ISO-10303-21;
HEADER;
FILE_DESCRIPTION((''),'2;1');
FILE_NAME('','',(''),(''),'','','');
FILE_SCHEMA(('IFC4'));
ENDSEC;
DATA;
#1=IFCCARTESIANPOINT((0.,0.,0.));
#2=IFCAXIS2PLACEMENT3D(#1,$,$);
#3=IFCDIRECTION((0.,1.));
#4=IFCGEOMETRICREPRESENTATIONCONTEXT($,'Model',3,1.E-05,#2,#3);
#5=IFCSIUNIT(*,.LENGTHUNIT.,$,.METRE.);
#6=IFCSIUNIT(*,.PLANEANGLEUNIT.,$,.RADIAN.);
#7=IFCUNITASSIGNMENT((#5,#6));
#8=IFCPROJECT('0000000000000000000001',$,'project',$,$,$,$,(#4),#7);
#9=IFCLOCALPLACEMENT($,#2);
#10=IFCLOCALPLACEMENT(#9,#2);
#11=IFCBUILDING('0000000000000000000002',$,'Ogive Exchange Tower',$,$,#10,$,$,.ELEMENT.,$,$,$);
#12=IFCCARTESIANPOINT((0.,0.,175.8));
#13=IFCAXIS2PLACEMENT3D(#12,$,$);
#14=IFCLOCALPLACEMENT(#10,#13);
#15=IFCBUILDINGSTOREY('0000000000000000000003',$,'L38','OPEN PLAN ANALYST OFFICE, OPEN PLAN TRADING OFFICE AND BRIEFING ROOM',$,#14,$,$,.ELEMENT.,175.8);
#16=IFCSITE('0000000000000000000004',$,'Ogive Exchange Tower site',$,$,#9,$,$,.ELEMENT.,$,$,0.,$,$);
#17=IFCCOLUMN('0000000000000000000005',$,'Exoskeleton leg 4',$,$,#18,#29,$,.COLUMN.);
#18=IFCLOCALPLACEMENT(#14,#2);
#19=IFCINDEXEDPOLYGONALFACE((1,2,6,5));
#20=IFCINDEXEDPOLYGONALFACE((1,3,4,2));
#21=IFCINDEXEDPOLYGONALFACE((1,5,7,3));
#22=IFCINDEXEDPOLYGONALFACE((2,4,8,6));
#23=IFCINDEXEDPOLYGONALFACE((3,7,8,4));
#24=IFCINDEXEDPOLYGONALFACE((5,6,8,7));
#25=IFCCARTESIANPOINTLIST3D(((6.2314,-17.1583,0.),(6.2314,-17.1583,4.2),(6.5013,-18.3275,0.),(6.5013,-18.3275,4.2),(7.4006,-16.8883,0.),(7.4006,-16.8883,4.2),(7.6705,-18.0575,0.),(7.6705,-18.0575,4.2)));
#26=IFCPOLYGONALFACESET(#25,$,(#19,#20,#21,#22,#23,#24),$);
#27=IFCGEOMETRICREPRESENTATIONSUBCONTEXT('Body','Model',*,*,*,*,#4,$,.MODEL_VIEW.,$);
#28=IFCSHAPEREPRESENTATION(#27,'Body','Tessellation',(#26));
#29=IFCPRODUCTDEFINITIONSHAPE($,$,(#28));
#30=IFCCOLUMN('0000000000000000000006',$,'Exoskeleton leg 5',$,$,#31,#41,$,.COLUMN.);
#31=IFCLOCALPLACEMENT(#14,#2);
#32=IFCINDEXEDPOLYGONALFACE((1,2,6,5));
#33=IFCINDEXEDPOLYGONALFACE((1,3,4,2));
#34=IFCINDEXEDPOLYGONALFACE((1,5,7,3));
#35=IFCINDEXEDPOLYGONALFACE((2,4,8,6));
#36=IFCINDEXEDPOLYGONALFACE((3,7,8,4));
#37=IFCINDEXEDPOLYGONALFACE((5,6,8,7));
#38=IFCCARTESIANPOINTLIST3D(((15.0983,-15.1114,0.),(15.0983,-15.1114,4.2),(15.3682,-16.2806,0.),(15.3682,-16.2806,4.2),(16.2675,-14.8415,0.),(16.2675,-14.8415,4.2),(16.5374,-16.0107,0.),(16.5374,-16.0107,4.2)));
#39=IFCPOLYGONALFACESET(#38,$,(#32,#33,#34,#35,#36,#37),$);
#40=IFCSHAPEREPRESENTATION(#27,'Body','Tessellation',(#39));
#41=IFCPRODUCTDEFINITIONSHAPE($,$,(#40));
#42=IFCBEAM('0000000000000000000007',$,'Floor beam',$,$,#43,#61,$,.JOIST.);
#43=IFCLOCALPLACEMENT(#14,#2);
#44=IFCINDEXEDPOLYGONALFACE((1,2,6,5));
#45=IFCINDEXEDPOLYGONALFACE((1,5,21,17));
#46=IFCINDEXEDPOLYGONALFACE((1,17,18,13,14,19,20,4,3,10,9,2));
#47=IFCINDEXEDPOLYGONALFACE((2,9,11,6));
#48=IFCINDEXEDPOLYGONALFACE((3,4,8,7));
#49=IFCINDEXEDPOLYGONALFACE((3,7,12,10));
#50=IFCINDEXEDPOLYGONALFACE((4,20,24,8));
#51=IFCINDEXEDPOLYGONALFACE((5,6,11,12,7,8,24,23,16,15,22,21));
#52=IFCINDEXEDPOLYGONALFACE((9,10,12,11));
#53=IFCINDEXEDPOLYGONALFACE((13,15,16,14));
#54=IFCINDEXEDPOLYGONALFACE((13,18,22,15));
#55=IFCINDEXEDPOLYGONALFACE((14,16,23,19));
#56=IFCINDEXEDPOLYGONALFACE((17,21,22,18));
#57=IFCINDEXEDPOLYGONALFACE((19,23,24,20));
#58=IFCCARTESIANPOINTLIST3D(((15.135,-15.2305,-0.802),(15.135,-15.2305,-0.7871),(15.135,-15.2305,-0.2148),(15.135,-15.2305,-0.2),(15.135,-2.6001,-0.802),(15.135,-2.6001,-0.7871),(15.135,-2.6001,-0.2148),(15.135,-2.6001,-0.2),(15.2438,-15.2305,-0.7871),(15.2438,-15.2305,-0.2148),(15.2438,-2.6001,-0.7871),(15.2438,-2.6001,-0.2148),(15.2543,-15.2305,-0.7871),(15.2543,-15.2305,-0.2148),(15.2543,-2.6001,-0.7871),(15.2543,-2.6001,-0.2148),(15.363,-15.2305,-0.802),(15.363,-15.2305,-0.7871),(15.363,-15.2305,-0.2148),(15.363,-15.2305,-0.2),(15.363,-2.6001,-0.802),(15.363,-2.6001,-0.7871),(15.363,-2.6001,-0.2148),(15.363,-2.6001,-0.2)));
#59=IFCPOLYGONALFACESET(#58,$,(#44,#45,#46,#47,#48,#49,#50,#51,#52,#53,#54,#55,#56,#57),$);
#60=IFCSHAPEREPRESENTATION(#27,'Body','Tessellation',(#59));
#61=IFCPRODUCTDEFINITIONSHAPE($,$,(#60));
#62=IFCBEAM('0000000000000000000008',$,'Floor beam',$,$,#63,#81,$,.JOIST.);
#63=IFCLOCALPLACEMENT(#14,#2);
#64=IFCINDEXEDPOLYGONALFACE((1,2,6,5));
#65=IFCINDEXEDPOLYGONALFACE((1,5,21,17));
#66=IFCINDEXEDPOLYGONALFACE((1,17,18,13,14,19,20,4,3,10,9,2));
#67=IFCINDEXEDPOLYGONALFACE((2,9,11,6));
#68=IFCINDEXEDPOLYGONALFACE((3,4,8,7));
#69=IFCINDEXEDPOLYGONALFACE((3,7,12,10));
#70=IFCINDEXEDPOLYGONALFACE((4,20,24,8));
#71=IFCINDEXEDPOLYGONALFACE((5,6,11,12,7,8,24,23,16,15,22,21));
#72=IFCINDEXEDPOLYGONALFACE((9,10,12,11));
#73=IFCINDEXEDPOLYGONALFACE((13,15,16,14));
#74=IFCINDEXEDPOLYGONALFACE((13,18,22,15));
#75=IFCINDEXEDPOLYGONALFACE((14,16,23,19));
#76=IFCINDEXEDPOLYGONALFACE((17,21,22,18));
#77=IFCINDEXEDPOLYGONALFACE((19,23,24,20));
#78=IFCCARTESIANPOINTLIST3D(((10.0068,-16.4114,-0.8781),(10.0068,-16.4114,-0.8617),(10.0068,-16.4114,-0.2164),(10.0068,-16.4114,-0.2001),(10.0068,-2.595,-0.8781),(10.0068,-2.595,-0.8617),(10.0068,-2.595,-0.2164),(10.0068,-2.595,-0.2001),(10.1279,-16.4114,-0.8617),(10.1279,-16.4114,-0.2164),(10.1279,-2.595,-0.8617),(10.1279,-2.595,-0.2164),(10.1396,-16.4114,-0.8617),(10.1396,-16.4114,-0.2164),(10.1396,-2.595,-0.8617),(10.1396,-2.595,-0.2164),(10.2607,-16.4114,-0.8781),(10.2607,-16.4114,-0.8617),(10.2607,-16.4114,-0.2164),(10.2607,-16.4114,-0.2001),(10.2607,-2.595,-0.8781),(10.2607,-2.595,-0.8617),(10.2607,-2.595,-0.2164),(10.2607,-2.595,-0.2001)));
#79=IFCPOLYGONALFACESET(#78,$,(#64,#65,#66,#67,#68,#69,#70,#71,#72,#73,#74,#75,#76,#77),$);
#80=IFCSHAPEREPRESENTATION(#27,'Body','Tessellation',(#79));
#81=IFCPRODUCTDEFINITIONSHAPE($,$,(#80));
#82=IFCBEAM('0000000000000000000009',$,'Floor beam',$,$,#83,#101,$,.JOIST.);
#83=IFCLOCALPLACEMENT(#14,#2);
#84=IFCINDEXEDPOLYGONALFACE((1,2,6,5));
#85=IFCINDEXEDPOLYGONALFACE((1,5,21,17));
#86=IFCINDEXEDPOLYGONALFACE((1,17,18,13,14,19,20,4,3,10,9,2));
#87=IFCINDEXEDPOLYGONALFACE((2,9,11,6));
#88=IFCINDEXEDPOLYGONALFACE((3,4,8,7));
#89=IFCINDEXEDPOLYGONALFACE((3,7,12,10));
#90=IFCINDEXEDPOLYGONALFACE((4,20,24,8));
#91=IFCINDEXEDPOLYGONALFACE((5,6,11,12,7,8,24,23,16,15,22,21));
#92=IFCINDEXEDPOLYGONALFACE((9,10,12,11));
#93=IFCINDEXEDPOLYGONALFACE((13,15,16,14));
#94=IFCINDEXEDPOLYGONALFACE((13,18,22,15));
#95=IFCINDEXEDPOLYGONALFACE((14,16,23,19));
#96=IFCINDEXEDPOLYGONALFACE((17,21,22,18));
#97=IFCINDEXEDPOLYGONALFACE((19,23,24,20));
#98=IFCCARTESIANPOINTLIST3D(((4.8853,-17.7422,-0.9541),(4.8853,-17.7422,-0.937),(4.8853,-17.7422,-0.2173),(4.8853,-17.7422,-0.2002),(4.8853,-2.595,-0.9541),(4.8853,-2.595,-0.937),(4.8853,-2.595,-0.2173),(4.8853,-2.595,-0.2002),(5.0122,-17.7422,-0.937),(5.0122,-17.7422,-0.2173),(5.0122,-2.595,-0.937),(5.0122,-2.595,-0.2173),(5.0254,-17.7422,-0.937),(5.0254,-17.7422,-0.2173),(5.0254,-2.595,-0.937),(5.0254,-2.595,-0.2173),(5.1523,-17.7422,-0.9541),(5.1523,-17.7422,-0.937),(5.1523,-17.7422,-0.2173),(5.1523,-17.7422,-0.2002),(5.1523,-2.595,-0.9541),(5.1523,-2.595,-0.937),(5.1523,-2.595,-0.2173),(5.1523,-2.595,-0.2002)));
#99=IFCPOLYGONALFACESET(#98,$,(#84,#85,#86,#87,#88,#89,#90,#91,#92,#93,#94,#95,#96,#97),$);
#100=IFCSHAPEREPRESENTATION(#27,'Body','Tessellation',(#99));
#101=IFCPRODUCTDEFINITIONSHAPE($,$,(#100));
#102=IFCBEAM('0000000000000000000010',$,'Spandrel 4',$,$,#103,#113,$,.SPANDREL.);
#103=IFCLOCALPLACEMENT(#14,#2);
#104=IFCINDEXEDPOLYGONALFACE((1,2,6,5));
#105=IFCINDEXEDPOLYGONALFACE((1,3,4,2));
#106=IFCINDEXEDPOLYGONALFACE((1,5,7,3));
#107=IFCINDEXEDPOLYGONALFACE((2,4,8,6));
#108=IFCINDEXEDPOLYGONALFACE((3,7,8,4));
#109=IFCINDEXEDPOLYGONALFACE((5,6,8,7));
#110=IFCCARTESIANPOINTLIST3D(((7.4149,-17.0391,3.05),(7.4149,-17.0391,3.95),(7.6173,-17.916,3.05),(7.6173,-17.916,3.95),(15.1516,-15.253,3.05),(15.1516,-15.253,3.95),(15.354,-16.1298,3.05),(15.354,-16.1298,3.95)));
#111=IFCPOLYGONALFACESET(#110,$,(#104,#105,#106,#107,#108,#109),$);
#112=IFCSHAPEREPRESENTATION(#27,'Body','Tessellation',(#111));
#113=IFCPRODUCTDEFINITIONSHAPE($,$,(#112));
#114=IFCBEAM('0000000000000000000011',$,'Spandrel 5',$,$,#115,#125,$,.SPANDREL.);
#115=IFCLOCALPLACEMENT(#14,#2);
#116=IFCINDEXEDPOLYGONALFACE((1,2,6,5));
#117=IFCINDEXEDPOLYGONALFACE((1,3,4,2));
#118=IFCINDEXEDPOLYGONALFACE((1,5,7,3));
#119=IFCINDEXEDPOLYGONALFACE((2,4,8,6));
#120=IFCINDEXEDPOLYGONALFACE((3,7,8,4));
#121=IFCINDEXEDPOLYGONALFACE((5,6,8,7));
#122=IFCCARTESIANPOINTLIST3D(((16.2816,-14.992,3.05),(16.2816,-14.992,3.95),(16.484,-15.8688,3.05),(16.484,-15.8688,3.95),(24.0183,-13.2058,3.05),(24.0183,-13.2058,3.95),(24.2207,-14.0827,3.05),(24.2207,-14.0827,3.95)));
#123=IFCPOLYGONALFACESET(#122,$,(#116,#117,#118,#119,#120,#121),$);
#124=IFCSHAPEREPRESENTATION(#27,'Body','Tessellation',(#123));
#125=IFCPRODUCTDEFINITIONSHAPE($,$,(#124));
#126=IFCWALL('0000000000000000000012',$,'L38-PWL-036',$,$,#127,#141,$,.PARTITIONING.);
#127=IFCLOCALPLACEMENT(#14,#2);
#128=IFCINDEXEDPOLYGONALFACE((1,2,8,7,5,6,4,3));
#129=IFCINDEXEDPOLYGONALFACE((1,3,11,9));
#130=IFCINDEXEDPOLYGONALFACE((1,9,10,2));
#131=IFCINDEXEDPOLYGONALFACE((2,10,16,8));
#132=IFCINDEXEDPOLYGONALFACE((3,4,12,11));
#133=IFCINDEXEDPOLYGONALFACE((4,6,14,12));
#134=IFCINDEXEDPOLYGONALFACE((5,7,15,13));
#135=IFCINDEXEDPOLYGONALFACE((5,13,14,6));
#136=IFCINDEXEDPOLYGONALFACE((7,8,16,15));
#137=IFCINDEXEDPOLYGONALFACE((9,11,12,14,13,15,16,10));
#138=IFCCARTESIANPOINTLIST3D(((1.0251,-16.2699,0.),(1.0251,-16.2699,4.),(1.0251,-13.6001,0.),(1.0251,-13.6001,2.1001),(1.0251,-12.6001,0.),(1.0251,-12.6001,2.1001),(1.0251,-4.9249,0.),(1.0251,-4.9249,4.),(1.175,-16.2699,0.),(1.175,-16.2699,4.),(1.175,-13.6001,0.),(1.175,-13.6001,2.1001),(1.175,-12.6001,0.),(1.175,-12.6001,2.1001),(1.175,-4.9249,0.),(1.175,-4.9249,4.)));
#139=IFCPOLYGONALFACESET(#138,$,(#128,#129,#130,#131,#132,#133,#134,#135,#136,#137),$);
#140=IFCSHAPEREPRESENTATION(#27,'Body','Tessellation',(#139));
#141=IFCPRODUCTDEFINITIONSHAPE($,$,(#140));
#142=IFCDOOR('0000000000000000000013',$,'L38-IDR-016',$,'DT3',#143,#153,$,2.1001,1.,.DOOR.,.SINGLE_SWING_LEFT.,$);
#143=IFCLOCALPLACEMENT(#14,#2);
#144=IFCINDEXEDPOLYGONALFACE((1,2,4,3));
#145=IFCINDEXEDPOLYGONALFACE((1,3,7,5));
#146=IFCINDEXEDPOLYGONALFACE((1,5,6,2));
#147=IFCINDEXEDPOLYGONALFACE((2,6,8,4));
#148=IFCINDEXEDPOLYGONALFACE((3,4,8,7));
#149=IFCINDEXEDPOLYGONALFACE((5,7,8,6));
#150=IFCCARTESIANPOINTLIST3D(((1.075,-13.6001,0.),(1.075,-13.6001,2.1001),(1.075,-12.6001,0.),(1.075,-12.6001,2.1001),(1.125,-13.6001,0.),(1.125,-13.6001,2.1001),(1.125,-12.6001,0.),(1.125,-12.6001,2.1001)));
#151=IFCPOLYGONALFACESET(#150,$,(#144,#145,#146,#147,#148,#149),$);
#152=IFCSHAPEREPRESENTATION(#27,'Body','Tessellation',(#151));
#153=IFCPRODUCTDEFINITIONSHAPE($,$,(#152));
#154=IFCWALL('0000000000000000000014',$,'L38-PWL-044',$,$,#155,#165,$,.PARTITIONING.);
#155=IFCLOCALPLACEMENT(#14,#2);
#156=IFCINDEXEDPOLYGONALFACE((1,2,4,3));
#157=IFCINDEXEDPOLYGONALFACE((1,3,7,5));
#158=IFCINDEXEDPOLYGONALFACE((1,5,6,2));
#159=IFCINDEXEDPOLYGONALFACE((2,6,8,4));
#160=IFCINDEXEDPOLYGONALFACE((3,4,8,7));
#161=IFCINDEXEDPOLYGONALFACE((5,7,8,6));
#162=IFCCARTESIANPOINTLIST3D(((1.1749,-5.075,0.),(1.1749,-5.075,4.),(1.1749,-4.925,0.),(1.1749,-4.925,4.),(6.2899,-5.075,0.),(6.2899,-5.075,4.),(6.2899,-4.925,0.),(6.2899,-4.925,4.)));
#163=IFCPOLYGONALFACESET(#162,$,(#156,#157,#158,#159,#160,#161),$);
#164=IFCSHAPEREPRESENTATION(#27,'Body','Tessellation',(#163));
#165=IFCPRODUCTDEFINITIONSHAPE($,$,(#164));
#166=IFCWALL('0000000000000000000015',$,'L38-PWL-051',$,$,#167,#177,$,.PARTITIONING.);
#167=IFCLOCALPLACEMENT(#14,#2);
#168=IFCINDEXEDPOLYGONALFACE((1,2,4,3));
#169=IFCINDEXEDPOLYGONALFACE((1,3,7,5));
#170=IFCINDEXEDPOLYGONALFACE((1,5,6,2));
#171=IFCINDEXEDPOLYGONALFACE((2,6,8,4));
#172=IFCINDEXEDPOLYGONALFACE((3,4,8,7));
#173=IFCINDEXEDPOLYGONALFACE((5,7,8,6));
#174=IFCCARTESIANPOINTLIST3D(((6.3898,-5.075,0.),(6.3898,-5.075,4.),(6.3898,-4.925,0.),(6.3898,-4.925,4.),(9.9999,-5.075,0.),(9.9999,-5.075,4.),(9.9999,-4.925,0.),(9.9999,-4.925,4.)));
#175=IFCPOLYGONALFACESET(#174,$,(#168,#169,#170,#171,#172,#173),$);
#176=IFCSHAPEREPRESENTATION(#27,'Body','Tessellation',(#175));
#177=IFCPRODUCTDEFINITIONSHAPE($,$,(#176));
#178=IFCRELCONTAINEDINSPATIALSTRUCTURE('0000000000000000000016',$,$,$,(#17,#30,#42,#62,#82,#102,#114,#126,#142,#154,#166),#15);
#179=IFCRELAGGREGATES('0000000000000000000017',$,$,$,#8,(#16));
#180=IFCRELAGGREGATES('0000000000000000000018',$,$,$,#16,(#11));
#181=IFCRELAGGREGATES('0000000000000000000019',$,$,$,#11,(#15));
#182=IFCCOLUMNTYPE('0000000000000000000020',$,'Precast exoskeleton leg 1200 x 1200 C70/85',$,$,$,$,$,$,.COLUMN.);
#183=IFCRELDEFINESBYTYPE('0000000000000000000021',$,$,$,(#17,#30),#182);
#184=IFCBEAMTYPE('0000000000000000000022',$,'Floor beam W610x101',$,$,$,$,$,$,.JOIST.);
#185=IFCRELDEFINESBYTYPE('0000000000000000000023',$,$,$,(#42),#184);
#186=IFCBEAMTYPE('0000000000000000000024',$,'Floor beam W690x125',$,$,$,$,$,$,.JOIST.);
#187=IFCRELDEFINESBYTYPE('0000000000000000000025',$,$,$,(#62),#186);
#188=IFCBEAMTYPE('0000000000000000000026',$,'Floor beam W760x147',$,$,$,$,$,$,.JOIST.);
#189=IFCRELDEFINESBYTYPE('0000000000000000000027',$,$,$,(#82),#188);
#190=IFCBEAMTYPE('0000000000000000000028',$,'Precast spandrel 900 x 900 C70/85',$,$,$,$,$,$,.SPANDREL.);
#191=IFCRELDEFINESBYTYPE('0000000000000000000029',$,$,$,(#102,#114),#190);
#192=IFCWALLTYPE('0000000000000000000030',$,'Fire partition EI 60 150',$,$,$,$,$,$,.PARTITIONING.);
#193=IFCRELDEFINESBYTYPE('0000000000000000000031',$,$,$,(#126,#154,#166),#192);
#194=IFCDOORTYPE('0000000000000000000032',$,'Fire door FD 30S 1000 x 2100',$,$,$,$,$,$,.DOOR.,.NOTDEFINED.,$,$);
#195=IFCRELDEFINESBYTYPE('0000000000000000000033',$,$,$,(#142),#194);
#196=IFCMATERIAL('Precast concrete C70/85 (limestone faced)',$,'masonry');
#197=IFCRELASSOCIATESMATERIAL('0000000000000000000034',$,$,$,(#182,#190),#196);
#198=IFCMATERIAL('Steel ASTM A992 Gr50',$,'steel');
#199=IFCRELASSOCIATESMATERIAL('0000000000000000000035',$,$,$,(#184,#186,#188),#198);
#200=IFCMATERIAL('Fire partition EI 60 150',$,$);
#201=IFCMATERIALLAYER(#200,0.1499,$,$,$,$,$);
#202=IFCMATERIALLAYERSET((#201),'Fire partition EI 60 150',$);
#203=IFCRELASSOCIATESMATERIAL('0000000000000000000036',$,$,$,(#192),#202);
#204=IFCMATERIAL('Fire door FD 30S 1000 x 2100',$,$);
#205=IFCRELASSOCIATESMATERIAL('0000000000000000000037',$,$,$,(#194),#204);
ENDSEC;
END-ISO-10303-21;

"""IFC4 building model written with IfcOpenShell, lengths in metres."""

from ifc_helpers import new_model, si_unit, direction, frame, frame_2d, origin, origin_2d, place, context, subcontext, project, spatial, rectangle, i_section, extrude, material, layer, layer_set, material_profile, profile_set, type_object, element, fill, save


model = new_model("IFC4")

# Units and contexts
model_context = context("Model", 3, precision=1e-05, world=origin(), true_north=direction((0.0, 1.0)))
body_context = subcontext(model_context, "Body", "Model", "MODEL_VIEW")
ifc_project = project(units=[si_unit("LENGTHUNIT", "METRE"), si_unit("PLANEANGLEUNIT", "RADIAN")], contexts=[model_context])

# Site, building, storey
site_placement = place(None, origin())
site = spatial("IfcSite", under=ifc_project, at=site_placement, Name="Ogive Exchange Tower site", CompositionType="ELEMENT", RefElevation=0.0)
building_placement = place(site_placement, origin())
building = spatial("IfcBuilding", under=site, at=building_placement, Name="Ogive Exchange Tower", CompositionType="ELEMENT")
storey_placement = place(building_placement, frame((0.0, 0.0, 175.8)))
storey = spatial("IfcBuildingStorey", under=building, at=storey_placement, Name="L38", Description="OPEN PLAN ANALYST OFFICE, OPEN PLAN TRADING OFFICE AND BRIEFING ROOM", CompositionType="ELEMENT", Elevation=175.8)

# Columns
ifc_material_1 = material(Name="Precast concrete C70/85 (limestone faced)", Category="masonry")
ifc_material_profile_1 = material_profile(ifc_material_1, rectangle(XDim=1.2, YDim=1.2, at=origin_2d()), Name="1200 x 1200")
ifc_profile_set_1 = profile_set([ifc_material_profile_1], Name="Precast concrete C70/85 (limestone faced)")
column_type = type_object("IfcColumnType", Name="Precast exoskeleton leg 1200 x 1200 C70/85", PredefinedType="COLUMN", material=ifc_profile_set_1)
for number, where, z_axis, x_axis, name in (
    (1, (6.9509, -17.6079, 0.0), (0.0, 0.0, 1.0), (0.97437, 0.224951, 0.0), "Exoskeleton leg 4"),
    (2, (15.8179, -15.561, 0.0), (0.0, 0.0, 1.0), (0.97437, 0.224951, 0.0), "Exoskeleton leg 5"),
):
    element("IfcColumn", number, at=place(storey_placement, frame(where, z_axis=z_axis, x_axis=x_axis)), inside=storey, type_object=column_type, Name=name, PredefinedType="COLUMN", context=body_context, shape_type="SweptSolid", body=[
        extrude(rectangle(XDim=1.2, YDim=1.2, at=origin_2d()), origin(), (0.0, 0.0, 1.0), 4.2),
    ])

# Beams
ifc_material_2 = material(Name="Steel ASTM A992 Gr50", Category="steel")
ifc_material_profile_2 = material_profile(ifc_material_2, i_section(OverallWidth=0.228, OverallDepth=0.6021, WebThickness=0.0105, FlangeThickness=0.0149, at=origin_2d()), Name="W610x101")
ifc_profile_set_2 = profile_set([ifc_material_profile_2], Name="Steel ASTM A992 Gr50")
beam_type_1 = type_object("IfcBeamType", Name="Floor beam W610x101", PredefinedType="JOIST", material=ifc_profile_set_2)
beam_1_placement = place(storey_placement, frame((15.249, -15.2305, -0.501), z_axis=(0.0, 1.0, 0.0), x_axis=(-1.0, 0.0, 0.0)))
element("IfcBeam", 3, at=beam_1_placement, inside=storey, type_object=beam_type_1, Name="Floor beam", PredefinedType="JOIST", context=body_context, shape_type="SweptSolid", body=[
    extrude(i_section(OverallWidth=0.228, OverallDepth=0.6021, WebThickness=0.0105, FlangeThickness=0.0149, at=origin_2d()), origin(), (0.0, 0.0, 1.0), 12.6304),
])
ifc_material_profile_3 = material_profile(ifc_material_2, i_section(OverallWidth=0.2539, OverallDepth=0.678, WebThickness=0.0117, FlangeThickness=0.0164, at=origin_2d()), Name="W690x125")
ifc_profile_set_3 = profile_set([ifc_material_profile_3], Name="Steel ASTM A992 Gr50")
beam_type_2 = type_object("IfcBeamType", Name="Floor beam W690x125", PredefinedType="JOIST", material=ifc_profile_set_3)
beam_2_placement = place(storey_placement, frame((10.1338, -16.4114, -0.5391), z_axis=(0.0, 1.0, 0.0), x_axis=(-1.0, 0.0, 0.0)))
element("IfcBeam", 4, at=beam_2_placement, inside=storey, type_object=beam_type_2, Name="Floor beam", PredefinedType="JOIST", context=body_context, shape_type="SweptSolid", body=[
    extrude(i_section(OverallWidth=0.2539, OverallDepth=0.678, WebThickness=0.0117, FlangeThickness=0.0164, at=origin_2d()), origin(), (0.0, 0.0, 1.0), 13.8164),
])
ifc_material_profile_4 = material_profile(ifc_material_2, i_section(OverallWidth=0.2671, OverallDepth=0.7539, WebThickness=0.0132, FlangeThickness=0.0171, at=origin_2d()), Name="W760x147")
ifc_profile_set_4 = profile_set([ifc_material_profile_4], Name="Steel ASTM A992 Gr50")
beam_type_3 = type_object("IfcBeamType", Name="Floor beam W760x147", PredefinedType="JOIST", material=ifc_profile_set_4)
beam_3_placement = place(storey_placement, frame((5.0188, -17.7422, -0.5771), z_axis=(0.0, 1.0, 0.0), x_axis=(-1.0, 0.0, 0.0)))
element("IfcBeam", 5, at=beam_3_placement, inside=storey, type_object=beam_type_3, Name="Floor beam", PredefinedType="JOIST", context=body_context, shape_type="SweptSolid", body=[
    extrude(i_section(OverallWidth=0.2671, OverallDepth=0.7539, WebThickness=0.0132, FlangeThickness=0.0171, at=origin_2d()), origin(), (0.0, 0.0, 1.0), 15.1472),
])
ifc_material_profile_5 = material_profile(ifc_material_1, rectangle(XDim=0.8999, YDim=0.8999, at=origin_2d()), Name="900 x 900")
ifc_profile_set_5 = profile_set([ifc_material_profile_5], Name="Precast concrete C70/85 (limestone faced)")
beam_type_4 = type_object("IfcBeamType", Name="Precast spandrel 900 x 900 C70/85", PredefinedType="SPANDREL", material=ifc_profile_set_5)
for number, where, z_axis, x_axis, name in (
    (6, (7.5161, -17.4775, 3.5), (0.97437, 0.224952, 0.0), (-0.224952, 0.97437, 0.0), "Spandrel 4"),
    (7, (16.3828, -15.4304, 3.5), (0.97437, 0.224952, 0.0), (-0.224952, 0.97437, 0.0), "Spandrel 5"),
):
    element("IfcBeam", number, at=place(storey_placement, frame(where, z_axis=z_axis, x_axis=x_axis)), inside=storey, type_object=beam_type_4, Name=name, PredefinedType="SPANDREL", context=body_context, shape_type="SweptSolid", body=[
        extrude(rectangle(XDim=0.8999, YDim=0.8999, at=origin_2d()), origin(), (0.0, 0.0, 1.0), 7.9402),
    ])

# Wall, opening, door
ifc_material_3 = material(Name="Fire partition EI 60 150")
ifc_layer_1 = layer(ifc_material_3, 0.1499)
ifc_layer_set_1 = layer_set([ifc_layer_1], Name="Fire partition EI 60 150")
wall_type_1 = type_object("IfcWallType", Name="Fire partition EI 60 150", PredefinedType="PARTITIONING", material=ifc_layer_set_1)
wall_1_placement = place(storey_placement, frame((1.1001, -4.925, 0.0), z_axis=(0.0, 0.0, 1.0), x_axis=(0.0, -1.0, 0.0)))
wall_1 = element("IfcWall", 8, at=wall_1_placement, inside=storey, type_object=wall_type_1, Name="L38-PWL-036", PredefinedType="PARTITIONING", context=body_context, shape_type="SweptSolid", body=[
    extrude(rectangle(XDim=11.345, YDim=0.1499, at=frame_2d((5.6724, 0.0))), origin(), (0.0, 0.0, 1.0), 4.0),
])
opening_1_placement = place(wall_1_placement, frame((7.675, 0.0, 0.0)))
opening_1 = element("IfcOpeningElement", 9, at=opening_1_placement, cuts=wall_1, PredefinedType="OPENING", context=body_context, shape_type="SweptSolid", body=[
    extrude(rectangle(XDim=1.0, YDim=2.1001, at=frame_2d((0.5, 1.05))), frame((0.0, 0.085, 0.0), z_axis=(0.0, -1.0, 0.0), x_axis=(1.0, 0.0, 0.0)), (0.0, 0.0, 1.0), 0.1699),
])
ifc_material_4 = material(Name="Fire door FD 30S 1000 x 2100")
door_type_1 = type_object("IfcDoorType", Name="Fire door FD 30S 1000 x 2100", OperationType="NOTDEFINED", PredefinedType="DOOR", material=ifc_material_4)
door_1_placement = place(opening_1_placement, origin())
door_1 = element("IfcDoor", 10, at=door_1_placement, inside=storey, type_object=door_type_1, Name="L38-IDR-016", ObjectType="DT3", OperationType="SINGLE_SWING_LEFT", OverallHeight=2.1001, OverallWidth=1.0, PredefinedType="DOOR", context=body_context, shape_type="SweptSolid", body=[
    extrude(rectangle(XDim=1.0, YDim=2.1001, at=frame_2d((0.5, 1.05))), frame((0.0, 0.0249, 0.0), z_axis=(0.0, -1.0, 0.0), x_axis=(1.0, 0.0, 0.0)), (0.0, 0.0, 1.0), 0.05),
])
fill(opening_1, door_1)

# Walls
wall_2_placement = place(storey_placement, frame((6.29, -5.0, 0.0), z_axis=(0.0, 0.0, 1.0), x_axis=(-1.0, 0.0, 0.0)))
element("IfcWall", 11, at=wall_2_placement, inside=storey, type_object=wall_type_1, Name="L38-PWL-044", PredefinedType="PARTITIONING", context=body_context, shape_type="SweptSolid", body=[
    extrude(rectangle(XDim=5.115, YDim=0.1499, at=frame_2d((2.5576, 0.0))), origin(), (0.0, 0.0, 1.0), 4.0),
])
wall_3_placement = place(storey_placement, frame((10.0, -5.0, 0.0), z_axis=(0.0, 0.0, 1.0), x_axis=(-1.0, 0.0, 0.0)))
element("IfcWall", 12, at=wall_3_placement, inside=storey, type_object=wall_type_1, Name="L38-PWL-051", PredefinedType="PARTITIONING", context=body_context, shape_type="SweptSolid", body=[
    extrude(rectangle(XDim=3.6101, YDim=0.1499, at=frame_2d((1.8052, 0.0))), origin(), (0.0, 0.0, 1.0), 4.0),
])

save(model, "model.ifc")
